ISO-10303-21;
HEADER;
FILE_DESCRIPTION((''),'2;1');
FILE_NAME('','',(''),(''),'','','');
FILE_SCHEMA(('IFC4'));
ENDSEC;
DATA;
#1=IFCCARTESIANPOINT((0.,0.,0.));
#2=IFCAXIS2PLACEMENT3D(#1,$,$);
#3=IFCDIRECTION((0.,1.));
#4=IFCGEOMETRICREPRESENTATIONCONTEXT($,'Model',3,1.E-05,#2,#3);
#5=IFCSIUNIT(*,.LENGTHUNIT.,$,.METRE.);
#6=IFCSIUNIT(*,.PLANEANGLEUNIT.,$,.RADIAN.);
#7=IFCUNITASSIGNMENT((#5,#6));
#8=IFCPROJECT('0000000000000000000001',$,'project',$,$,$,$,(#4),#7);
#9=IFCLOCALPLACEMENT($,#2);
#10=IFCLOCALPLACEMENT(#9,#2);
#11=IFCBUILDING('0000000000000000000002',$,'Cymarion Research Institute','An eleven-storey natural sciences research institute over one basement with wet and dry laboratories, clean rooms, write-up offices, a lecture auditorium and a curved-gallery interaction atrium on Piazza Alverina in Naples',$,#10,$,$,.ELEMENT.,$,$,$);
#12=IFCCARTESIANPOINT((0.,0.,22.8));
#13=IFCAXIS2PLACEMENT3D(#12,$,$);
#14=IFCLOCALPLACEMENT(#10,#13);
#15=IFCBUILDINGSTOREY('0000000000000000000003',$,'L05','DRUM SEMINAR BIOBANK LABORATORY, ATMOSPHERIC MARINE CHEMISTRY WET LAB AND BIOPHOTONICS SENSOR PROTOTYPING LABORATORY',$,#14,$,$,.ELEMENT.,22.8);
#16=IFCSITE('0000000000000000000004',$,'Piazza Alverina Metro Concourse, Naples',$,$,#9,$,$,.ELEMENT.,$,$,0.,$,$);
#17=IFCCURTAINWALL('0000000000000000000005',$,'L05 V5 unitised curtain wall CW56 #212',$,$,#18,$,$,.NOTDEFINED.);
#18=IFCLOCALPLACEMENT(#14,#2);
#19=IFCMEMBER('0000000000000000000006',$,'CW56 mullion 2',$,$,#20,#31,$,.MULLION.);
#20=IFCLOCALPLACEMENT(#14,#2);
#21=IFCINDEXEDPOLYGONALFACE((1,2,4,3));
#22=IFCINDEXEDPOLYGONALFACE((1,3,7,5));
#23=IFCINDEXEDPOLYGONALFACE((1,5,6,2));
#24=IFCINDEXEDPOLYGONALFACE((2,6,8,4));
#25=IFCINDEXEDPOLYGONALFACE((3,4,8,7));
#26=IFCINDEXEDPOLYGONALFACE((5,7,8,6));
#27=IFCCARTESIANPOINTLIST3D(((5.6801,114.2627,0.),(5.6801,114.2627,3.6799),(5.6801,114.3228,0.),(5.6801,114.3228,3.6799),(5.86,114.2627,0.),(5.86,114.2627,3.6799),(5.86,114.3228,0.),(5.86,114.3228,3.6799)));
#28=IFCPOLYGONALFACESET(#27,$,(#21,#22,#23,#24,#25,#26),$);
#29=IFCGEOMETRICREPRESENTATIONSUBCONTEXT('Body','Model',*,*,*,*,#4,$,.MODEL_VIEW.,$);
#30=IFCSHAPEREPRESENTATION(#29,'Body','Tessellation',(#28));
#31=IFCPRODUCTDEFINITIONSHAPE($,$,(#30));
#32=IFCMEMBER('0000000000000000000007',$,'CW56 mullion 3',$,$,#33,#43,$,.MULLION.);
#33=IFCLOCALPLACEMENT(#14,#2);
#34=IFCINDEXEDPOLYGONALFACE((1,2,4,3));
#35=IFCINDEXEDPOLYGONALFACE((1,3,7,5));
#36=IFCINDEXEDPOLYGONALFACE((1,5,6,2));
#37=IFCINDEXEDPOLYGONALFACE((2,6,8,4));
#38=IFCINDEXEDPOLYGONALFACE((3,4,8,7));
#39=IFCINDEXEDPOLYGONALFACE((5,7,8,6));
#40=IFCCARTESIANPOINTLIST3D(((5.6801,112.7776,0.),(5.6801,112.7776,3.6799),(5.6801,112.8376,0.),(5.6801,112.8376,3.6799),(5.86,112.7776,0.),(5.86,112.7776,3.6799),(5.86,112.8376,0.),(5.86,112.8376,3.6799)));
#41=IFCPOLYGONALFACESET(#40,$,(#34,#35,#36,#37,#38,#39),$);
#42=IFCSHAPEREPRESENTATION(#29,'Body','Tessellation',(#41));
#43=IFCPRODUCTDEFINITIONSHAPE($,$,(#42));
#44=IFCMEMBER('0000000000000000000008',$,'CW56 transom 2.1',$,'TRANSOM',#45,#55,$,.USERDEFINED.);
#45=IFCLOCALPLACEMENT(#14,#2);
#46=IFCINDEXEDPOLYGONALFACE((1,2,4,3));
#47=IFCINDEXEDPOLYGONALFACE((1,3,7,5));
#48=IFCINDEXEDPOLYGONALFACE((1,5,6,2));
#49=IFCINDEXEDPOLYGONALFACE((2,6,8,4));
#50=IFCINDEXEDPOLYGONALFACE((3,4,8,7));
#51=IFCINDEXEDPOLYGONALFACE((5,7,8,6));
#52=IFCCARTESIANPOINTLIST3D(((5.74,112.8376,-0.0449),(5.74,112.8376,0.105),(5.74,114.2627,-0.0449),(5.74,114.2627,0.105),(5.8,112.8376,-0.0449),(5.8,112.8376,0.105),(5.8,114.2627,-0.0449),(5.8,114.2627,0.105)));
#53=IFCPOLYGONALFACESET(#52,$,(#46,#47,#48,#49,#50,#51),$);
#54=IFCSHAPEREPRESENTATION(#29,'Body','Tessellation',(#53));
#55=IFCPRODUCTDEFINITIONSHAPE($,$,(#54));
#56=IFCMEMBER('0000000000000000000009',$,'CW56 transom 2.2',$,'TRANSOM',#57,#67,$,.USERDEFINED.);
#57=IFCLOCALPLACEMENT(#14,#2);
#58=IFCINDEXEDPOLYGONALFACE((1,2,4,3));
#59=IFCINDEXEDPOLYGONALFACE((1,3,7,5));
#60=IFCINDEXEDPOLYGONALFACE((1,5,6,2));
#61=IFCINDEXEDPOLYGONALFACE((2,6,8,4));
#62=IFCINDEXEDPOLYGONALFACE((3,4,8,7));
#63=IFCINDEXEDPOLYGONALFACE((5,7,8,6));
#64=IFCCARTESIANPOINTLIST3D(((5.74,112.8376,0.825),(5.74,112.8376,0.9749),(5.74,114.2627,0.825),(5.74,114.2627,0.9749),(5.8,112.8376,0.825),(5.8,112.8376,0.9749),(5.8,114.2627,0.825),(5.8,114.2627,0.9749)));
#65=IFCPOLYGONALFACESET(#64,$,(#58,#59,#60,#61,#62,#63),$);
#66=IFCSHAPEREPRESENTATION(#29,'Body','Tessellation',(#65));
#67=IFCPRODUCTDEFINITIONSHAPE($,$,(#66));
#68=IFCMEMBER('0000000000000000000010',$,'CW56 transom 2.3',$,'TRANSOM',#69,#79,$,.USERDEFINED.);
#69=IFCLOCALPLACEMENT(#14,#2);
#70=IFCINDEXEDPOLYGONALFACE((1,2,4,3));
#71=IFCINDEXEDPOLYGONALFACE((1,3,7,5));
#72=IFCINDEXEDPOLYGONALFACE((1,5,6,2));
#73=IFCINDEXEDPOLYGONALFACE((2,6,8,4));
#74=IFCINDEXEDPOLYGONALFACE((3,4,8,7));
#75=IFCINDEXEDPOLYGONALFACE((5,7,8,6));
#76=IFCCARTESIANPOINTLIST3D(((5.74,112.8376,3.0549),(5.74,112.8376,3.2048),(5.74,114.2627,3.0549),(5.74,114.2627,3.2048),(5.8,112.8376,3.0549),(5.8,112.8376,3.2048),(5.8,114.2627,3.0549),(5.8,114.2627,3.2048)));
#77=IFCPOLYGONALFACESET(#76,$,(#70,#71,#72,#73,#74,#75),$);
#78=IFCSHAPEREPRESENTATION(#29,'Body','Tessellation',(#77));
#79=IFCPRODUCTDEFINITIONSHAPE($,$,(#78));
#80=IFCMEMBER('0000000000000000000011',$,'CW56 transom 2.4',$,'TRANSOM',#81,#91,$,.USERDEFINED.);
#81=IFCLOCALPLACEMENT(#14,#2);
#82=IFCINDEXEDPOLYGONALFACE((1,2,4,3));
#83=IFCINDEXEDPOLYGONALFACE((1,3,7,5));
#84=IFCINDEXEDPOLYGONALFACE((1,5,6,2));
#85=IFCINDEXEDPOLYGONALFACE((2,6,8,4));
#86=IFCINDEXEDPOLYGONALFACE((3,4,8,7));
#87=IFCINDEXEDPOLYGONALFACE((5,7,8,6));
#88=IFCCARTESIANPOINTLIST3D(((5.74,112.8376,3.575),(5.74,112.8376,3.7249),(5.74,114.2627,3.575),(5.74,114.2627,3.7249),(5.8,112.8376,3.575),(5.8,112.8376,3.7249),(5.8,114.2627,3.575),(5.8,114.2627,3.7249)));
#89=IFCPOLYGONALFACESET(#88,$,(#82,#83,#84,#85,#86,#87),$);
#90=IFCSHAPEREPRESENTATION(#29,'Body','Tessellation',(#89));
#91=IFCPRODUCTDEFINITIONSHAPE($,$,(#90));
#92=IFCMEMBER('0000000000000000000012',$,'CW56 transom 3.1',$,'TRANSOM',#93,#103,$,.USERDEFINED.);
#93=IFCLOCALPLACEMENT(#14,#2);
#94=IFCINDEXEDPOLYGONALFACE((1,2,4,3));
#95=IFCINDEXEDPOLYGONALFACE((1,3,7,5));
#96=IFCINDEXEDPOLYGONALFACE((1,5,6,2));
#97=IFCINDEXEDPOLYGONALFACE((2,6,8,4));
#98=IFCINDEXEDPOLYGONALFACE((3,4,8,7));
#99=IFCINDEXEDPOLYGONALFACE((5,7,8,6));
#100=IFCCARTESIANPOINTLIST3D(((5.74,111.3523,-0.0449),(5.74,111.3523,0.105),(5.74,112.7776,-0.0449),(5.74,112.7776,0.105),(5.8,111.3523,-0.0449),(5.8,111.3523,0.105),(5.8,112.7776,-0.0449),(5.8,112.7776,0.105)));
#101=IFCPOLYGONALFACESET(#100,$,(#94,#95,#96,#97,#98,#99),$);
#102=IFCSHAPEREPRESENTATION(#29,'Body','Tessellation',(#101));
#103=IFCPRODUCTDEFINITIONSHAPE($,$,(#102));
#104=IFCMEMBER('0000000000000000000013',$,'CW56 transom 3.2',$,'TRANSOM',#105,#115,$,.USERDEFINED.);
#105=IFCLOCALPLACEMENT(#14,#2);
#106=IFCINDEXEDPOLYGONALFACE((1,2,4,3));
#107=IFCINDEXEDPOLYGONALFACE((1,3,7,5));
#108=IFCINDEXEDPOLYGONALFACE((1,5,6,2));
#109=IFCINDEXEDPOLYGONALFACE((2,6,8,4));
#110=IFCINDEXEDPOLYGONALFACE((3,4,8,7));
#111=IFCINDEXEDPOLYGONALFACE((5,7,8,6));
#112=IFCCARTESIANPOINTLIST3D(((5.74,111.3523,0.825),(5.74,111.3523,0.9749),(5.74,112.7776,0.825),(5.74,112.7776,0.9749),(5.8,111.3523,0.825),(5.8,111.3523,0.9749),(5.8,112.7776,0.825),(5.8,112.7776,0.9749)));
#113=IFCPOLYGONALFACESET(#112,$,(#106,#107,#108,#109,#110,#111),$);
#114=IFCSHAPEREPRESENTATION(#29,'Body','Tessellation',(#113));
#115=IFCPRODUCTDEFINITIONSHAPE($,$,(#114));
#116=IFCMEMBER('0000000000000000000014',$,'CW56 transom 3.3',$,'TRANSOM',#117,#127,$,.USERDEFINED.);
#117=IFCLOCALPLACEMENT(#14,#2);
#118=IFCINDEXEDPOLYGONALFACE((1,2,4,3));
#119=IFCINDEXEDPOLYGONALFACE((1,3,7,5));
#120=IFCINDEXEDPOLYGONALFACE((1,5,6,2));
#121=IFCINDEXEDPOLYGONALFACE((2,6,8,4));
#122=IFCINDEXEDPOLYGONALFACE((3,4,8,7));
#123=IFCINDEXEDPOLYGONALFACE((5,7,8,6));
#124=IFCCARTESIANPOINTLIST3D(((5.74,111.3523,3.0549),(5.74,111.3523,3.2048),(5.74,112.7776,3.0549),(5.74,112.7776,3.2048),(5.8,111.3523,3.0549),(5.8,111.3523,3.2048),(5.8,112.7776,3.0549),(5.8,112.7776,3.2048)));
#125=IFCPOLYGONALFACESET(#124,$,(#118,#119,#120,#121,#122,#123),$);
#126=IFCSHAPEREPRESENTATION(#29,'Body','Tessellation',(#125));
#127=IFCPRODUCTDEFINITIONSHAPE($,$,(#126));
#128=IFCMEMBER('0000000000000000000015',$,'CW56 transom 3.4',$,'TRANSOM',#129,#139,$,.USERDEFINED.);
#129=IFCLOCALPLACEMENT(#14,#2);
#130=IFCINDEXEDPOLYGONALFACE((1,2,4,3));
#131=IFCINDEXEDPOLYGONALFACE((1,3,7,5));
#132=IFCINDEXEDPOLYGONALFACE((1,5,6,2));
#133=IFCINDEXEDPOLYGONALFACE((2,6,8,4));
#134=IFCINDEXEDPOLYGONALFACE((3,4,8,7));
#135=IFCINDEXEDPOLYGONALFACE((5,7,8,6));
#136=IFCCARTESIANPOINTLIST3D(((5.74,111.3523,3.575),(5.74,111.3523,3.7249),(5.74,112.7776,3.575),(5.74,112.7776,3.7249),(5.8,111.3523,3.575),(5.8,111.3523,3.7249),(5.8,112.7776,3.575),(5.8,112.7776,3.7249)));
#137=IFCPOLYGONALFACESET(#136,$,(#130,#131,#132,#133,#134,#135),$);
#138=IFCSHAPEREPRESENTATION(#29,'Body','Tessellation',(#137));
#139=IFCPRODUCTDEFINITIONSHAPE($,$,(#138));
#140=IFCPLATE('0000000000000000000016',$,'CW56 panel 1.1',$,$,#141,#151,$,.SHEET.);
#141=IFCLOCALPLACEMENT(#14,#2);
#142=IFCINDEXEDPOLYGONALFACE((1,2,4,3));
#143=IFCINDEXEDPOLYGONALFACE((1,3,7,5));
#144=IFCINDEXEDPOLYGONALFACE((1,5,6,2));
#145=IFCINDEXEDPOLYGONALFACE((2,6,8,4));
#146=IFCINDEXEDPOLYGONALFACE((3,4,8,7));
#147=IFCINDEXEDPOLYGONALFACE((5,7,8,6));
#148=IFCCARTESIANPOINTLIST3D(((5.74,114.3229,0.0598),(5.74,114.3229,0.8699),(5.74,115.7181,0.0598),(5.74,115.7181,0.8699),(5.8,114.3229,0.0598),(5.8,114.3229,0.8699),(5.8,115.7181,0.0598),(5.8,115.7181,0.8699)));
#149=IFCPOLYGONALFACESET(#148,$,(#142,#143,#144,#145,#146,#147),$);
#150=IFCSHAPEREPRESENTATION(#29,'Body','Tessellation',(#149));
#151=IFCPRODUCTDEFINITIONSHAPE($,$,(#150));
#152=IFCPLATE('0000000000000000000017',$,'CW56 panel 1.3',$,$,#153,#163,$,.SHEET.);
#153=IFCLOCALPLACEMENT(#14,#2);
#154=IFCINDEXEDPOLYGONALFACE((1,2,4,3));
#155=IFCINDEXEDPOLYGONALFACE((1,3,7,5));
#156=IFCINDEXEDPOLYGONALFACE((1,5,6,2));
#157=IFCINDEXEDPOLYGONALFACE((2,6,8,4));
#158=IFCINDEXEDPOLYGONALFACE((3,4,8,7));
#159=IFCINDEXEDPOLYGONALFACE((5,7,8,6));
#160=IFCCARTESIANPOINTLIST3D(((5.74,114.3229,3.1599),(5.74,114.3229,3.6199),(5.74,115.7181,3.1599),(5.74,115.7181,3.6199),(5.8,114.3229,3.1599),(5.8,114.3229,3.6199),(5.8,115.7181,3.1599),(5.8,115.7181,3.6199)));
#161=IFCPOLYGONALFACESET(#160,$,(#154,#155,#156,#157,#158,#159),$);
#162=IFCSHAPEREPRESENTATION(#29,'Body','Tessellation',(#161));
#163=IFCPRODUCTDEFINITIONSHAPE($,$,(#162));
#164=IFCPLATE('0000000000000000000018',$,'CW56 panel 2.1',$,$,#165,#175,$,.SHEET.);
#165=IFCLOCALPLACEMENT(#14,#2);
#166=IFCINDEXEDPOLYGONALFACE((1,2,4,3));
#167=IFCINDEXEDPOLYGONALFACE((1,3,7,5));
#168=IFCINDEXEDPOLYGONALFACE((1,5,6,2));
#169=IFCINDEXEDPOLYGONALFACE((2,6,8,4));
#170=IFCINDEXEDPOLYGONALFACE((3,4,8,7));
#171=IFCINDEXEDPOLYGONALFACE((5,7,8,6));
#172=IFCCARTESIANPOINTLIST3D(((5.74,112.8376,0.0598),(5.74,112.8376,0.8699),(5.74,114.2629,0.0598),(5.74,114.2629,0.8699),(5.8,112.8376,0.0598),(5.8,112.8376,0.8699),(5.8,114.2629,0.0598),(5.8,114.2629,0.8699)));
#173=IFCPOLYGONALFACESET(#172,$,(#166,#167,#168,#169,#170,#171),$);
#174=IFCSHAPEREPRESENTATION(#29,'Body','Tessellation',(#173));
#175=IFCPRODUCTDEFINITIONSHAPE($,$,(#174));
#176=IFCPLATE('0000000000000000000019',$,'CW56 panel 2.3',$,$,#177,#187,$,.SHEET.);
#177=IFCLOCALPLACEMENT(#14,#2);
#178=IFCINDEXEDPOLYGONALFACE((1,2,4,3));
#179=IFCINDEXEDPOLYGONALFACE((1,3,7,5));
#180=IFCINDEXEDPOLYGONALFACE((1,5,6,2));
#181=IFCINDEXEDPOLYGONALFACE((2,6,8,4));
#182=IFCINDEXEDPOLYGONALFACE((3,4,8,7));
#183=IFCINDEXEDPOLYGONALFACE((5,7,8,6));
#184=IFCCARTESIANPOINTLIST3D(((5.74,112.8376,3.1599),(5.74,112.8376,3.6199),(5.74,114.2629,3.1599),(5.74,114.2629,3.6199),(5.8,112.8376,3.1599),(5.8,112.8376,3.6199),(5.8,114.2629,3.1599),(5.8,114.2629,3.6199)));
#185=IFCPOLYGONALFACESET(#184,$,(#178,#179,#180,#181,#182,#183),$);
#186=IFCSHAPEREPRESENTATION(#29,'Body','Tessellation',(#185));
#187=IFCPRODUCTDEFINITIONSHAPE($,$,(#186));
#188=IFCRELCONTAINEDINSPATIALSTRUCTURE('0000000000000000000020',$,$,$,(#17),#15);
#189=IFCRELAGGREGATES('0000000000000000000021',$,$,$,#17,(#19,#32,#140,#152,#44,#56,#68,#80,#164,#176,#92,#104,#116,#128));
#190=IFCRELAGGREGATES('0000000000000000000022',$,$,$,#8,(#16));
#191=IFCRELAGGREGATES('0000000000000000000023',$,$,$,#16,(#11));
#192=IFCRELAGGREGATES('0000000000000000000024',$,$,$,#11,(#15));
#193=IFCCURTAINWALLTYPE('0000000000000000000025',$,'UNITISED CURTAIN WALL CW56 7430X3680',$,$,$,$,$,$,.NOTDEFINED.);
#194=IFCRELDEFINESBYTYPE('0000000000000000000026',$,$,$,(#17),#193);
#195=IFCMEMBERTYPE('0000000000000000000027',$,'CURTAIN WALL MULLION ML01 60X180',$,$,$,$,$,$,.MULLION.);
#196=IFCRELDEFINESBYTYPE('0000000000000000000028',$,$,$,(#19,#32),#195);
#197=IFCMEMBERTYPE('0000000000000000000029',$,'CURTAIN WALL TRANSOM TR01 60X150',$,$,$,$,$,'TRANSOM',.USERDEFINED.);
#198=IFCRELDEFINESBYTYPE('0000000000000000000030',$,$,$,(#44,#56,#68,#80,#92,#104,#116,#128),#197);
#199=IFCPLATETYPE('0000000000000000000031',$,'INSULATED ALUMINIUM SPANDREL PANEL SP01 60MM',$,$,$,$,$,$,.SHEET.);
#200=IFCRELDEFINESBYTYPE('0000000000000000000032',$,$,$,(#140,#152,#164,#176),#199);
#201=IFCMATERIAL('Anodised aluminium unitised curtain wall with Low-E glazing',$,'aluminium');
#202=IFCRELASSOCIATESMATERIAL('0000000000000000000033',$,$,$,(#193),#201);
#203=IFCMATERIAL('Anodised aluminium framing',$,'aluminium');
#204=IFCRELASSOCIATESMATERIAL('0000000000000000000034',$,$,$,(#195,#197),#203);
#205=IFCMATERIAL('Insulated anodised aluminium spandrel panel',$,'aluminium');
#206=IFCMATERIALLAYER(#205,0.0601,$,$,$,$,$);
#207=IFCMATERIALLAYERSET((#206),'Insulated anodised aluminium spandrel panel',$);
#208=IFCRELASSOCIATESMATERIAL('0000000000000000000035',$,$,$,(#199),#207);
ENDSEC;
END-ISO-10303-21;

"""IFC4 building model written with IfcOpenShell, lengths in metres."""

from ifc_helpers import new_model, si_unit, direction, frame, origin, origin_2d, place, context, subcontext, project, spatial, rectangle, extrude, material, layer, layer_set, material_profile, profile_set, type_object, element, aggregate, save


model = new_model("IFC4")

# Units and contexts
model_context = context("Model", 3, precision=1e-05, world=origin(), true_north=direction((0.0, 1.0)))
body_context = subcontext(model_context, "Body", "Model", "MODEL_VIEW")
ifc_project = project(units=[si_unit("LENGTHUNIT", "METRE"), si_unit("PLANEANGLEUNIT", "RADIAN")], contexts=[model_context])

# Site, building, storey
site_placement = place(None, origin())
site = spatial("IfcSite", under=ifc_project, at=site_placement, Name="Piazza Alverina Metro Concourse, Naples", CompositionType="ELEMENT", RefElevation=0.0)
building_placement = place(site_placement, origin())
building = spatial("IfcBuilding", under=site, at=building_placement, Name="Cymarion Research Institute", Description="An eleven-storey natural sciences research institute over one basement with wet and dry laboratories, clean rooms, write-up offices, a lecture auditorium and a curved-gallery interaction atrium on Piazza Alverina in Naples", CompositionType="ELEMENT")
storey_placement = place(building_placement, frame((0.0, 0.0, 22.8)))
storey = spatial("IfcBuildingStorey", under=building, at=storey_placement, Name="L05", Description="DRUM SEMINAR BIOBANK LABORATORY, ATMOSPHERIC MARINE CHEMISTRY WET LAB AND BIOPHOTONICS SENSOR PROTOTYPING LABORATORY", CompositionType="ELEMENT", Elevation=22.8)

# Curtain wall, members, plates
ifc_material_1 = material(Name="Anodised aluminium unitised curtain wall with Low-E glazing", Category="aluminium")
curtain_wall_type = type_object("IfcCurtainWallType", Name="UNITISED CURTAIN WALL CW56 7430X3680", PredefinedType="NOTDEFINED", material=ifc_material_1)
curtain_wall_placement = place(storey_placement, origin())
curtain_wall = element("IfcCurtainWall", 1, at=curtain_wall_placement, inside=storey, type_object=curtain_wall_type, Name="L05 V5 unitised curtain wall CW56 #212", PredefinedType="NOTDEFINED")
ifc_material_2 = material(Name="Anodised aluminium framing", Category="aluminium")
ifc_material_profile_1 = material_profile(ifc_material_2, rectangle(XDim=0.0601, YDim=0.1799, at=origin_2d()), Name="ALU MULLION 60x180")
ifc_profile_set_1 = profile_set([ifc_material_profile_1], Name="Anodised aluminium framing")
member_type_1 = type_object("IfcMemberType", Name="CURTAIN WALL MULLION ML01 60X180", PredefinedType="MULLION", material=ifc_profile_set_1)
member_1_placement = place(storey_placement, frame((5.77, 114.2927, 0.0), z_axis=(0.0, 0.0, 1.0), x_axis=(0.0, -1.0, 0.0)))
member_1 = element("IfcMember", 2, at=member_1_placement, type_object=member_type_1, Name="CW56 mullion 2", PredefinedType="MULLION", context=body_context, shape_type="SweptSolid", body=[
    extrude(rectangle(XDim=0.0601, YDim=0.1799, at=origin_2d()), origin(), (0.0, 0.0, 1.0), 3.6799),
])
member_2_placement = place(storey_placement, frame((5.77, 112.8076, 0.0), z_axis=(0.0, 0.0, 1.0), x_axis=(0.0, -1.0, 0.0)))
member_2 = element("IfcMember", 3, at=member_2_placement, type_object=member_type_1, Name="CW56 mullion 3", PredefinedType="MULLION", context=body_context, shape_type="SweptSolid", body=[
    extrude(rectangle(XDim=0.0601, YDim=0.1799, at=origin_2d()), origin(), (0.0, 0.0, 1.0), 3.6799),
])
ifc_material_profile_2 = material_profile(ifc_material_2, rectangle(XDim=0.0601, YDim=0.1499, at=origin_2d()), Name="ALU TRANSOM 60x150")
ifc_profile_set_2 = profile_set([ifc_material_profile_2], Name="Anodised aluminium framing")
member_type_2 = type_object("IfcMemberType", Name="CURTAIN WALL TRANSOM TR01 60X150", ElementType="TRANSOM", PredefinedType="USERDEFINED", material=ifc_profile_set_2)
member_3_placement = place(storey_placement, frame((5.77, 114.2627, 0.03), z_axis=(0.0, -1.0, 0.0), x_axis=(1.0, 0.0, 0.0)))
member_3 = element("IfcMember", 4, at=member_3_placement, type_object=member_type_2, Name="CW56 transom 2.1", ObjectType="TRANSOM", PredefinedType="USERDEFINED", context=body_context, shape_type="SweptSolid", body=[
    extrude(rectangle(XDim=0.0601, YDim=0.1499, at=origin_2d()), origin(), (0.0, 0.0, 1.0), 1.425),
])
member_4_placement = place(storey_placement, frame((5.77, 114.2627, 0.8999), z_axis=(0.0, -1.0, 0.0), x_axis=(1.0, 0.0, 0.0)))
member_4 = element("IfcMember", 5, at=member_4_placement, type_object=member_type_2, Name="CW56 transom 2.2", ObjectType="TRANSOM", PredefinedType="USERDEFINED", context=body_context, shape_type="SweptSolid", body=[
    extrude(rectangle(XDim=0.0601, YDim=0.1499, at=origin_2d()), origin(), (0.0, 0.0, 1.0), 1.425),
])
member_5_placement = place(storey_placement, frame((5.77, 114.2627, 3.1299), z_axis=(0.0, -1.0, 0.0), x_axis=(1.0, 0.0, 0.0)))
member_5 = element("IfcMember", 6, at=member_5_placement, type_object=member_type_2, Name="CW56 transom 2.3", ObjectType="TRANSOM", PredefinedType="USERDEFINED", context=body_context, shape_type="SweptSolid", body=[
    extrude(rectangle(XDim=0.0601, YDim=0.1499, at=origin_2d()), origin(), (0.0, 0.0, 1.0), 1.425),
])
member_6_placement = place(storey_placement, frame((5.77, 114.2627, 3.6499), z_axis=(0.0, -1.0, 0.0), x_axis=(1.0, 0.0, 0.0)))
member_6 = element("IfcMember", 7, at=member_6_placement, type_object=member_type_2, Name="CW56 transom 2.4", ObjectType="TRANSOM", PredefinedType="USERDEFINED", context=body_context, shape_type="SweptSolid", body=[
    extrude(rectangle(XDim=0.0601, YDim=0.1499, at=origin_2d()), origin(), (0.0, 0.0, 1.0), 1.425),
])
member_7_placement = place(storey_placement, frame((5.77, 112.7776, 0.03), z_axis=(0.0, -1.0, 0.0), x_axis=(1.0, 0.0, 0.0)))
member_7 = element("IfcMember", 8, at=member_7_placement, type_object=member_type_2, Name="CW56 transom 3.1", ObjectType="TRANSOM", PredefinedType="USERDEFINED", context=body_context, shape_type="SweptSolid", body=[
    extrude(rectangle(XDim=0.0601, YDim=0.1499, at=origin_2d()), origin(), (0.0, 0.0, 1.0), 1.4253),
])
member_8_placement = place(storey_placement, frame((5.77, 112.7776, 0.8999), z_axis=(0.0, -1.0, 0.0), x_axis=(1.0, 0.0, 0.0)))
member_8 = element("IfcMember", 9, at=member_8_placement, type_object=member_type_2, Name="CW56 transom 3.2", ObjectType="TRANSOM", PredefinedType="USERDEFINED", context=body_context, shape_type="SweptSolid", body=[
    extrude(rectangle(XDim=0.0601, YDim=0.1499, at=origin_2d()), origin(), (0.0, 0.0, 1.0), 1.4253),
])
member_9_placement = place(storey_placement, frame((5.77, 112.7776, 3.1299), z_axis=(0.0, -1.0, 0.0), x_axis=(1.0, 0.0, 0.0)))
member_9 = element("IfcMember", 10, at=member_9_placement, type_object=member_type_2, Name="CW56 transom 3.3", ObjectType="TRANSOM", PredefinedType="USERDEFINED", context=body_context, shape_type="SweptSolid", body=[
    extrude(rectangle(XDim=0.0601, YDim=0.1499, at=origin_2d()), origin(), (0.0, 0.0, 1.0), 1.4253),
])
member_10_placement = place(storey_placement, frame((5.77, 112.7776, 3.6499), z_axis=(0.0, -1.0, 0.0), x_axis=(1.0, 0.0, 0.0)))
member_10 = element("IfcMember", 11, at=member_10_placement, type_object=member_type_2, Name="CW56 transom 3.4", ObjectType="TRANSOM", PredefinedType="USERDEFINED", context=body_context, shape_type="SweptSolid", body=[
    extrude(rectangle(XDim=0.0601, YDim=0.1499, at=origin_2d()), origin(), (0.0, 0.0, 1.0), 1.4253),
])
ifc_material_3 = material(Name="Insulated anodised aluminium spandrel panel", Category="aluminium")
ifc_layer_1 = layer(ifc_material_3, 0.0601)
ifc_layer_set_1 = layer_set([ifc_layer_1], Name="Insulated anodised aluminium spandrel panel")
plate_type_1 = type_object("IfcPlateType", Name="INSULATED ALUMINIUM SPANDREL PANEL SP01 60MM", PredefinedType="SHEET", material=ifc_layer_set_1)
plate_1_placement = place(storey_placement, frame((5.77, 115.0205, 0.0598), z_axis=(0.0, 0.0, 1.0), x_axis=(0.0, -1.0, 0.0)))
plate_1 = element("IfcPlate", 12, at=plate_1_placement, type_object=plate_type_1, Name="CW56 panel 1.1", PredefinedType="SHEET", context=body_context, shape_type="SweptSolid", body=[
    extrude(rectangle(XDim=1.3953, YDim=0.0601, at=origin_2d()), origin(), (0.0, 0.0, 1.0), 0.8101),
])
plate_2_placement = place(storey_placement, frame((5.77, 115.0205, 3.1599), z_axis=(0.0, 0.0, 1.0), x_axis=(0.0, -1.0, 0.0)))
plate_2 = element("IfcPlate", 13, at=plate_2_placement, type_object=plate_type_1, Name="CW56 panel 1.3", PredefinedType="SHEET", context=body_context, shape_type="SweptSolid", body=[
    extrude(rectangle(XDim=1.3953, YDim=0.0601, at=origin_2d()), origin(), (0.0, 0.0, 1.0), 0.46),
])
plate_3_placement = place(storey_placement, frame((5.77, 113.5503, 0.0598), z_axis=(0.0, 0.0, 1.0), x_axis=(0.0, -1.0, 0.0)))
plate_3 = element("IfcPlate", 14, at=plate_3_placement, type_object=plate_type_1, Name="CW56 panel 2.1", PredefinedType="SHEET", context=body_context, shape_type="SweptSolid", body=[
    extrude(rectangle(XDim=1.4253, YDim=0.0601, at=origin_2d()), origin(), (0.0, 0.0, 1.0), 0.8101),
])
plate_4_placement = place(storey_placement, frame((5.77, 113.5503, 3.1599), z_axis=(0.0, 0.0, 1.0), x_axis=(0.0, -1.0, 0.0)))
plate_4 = element("IfcPlate", 15, at=plate_4_placement, type_object=plate_type_1, Name="CW56 panel 2.3", PredefinedType="SHEET", context=body_context, shape_type="SweptSolid", body=[
    extrude(rectangle(XDim=1.4253, YDim=0.0601, at=origin_2d()), origin(), (0.0, 0.0, 1.0), 0.46),
])
aggregate(curtain_wall, [member_1, member_2, plate_1, plate_2, member_3, member_4, member_5, member_6, plate_3, plate_4, member_7, member_8, member_9, member_10])

save(model, "model.ifc")
